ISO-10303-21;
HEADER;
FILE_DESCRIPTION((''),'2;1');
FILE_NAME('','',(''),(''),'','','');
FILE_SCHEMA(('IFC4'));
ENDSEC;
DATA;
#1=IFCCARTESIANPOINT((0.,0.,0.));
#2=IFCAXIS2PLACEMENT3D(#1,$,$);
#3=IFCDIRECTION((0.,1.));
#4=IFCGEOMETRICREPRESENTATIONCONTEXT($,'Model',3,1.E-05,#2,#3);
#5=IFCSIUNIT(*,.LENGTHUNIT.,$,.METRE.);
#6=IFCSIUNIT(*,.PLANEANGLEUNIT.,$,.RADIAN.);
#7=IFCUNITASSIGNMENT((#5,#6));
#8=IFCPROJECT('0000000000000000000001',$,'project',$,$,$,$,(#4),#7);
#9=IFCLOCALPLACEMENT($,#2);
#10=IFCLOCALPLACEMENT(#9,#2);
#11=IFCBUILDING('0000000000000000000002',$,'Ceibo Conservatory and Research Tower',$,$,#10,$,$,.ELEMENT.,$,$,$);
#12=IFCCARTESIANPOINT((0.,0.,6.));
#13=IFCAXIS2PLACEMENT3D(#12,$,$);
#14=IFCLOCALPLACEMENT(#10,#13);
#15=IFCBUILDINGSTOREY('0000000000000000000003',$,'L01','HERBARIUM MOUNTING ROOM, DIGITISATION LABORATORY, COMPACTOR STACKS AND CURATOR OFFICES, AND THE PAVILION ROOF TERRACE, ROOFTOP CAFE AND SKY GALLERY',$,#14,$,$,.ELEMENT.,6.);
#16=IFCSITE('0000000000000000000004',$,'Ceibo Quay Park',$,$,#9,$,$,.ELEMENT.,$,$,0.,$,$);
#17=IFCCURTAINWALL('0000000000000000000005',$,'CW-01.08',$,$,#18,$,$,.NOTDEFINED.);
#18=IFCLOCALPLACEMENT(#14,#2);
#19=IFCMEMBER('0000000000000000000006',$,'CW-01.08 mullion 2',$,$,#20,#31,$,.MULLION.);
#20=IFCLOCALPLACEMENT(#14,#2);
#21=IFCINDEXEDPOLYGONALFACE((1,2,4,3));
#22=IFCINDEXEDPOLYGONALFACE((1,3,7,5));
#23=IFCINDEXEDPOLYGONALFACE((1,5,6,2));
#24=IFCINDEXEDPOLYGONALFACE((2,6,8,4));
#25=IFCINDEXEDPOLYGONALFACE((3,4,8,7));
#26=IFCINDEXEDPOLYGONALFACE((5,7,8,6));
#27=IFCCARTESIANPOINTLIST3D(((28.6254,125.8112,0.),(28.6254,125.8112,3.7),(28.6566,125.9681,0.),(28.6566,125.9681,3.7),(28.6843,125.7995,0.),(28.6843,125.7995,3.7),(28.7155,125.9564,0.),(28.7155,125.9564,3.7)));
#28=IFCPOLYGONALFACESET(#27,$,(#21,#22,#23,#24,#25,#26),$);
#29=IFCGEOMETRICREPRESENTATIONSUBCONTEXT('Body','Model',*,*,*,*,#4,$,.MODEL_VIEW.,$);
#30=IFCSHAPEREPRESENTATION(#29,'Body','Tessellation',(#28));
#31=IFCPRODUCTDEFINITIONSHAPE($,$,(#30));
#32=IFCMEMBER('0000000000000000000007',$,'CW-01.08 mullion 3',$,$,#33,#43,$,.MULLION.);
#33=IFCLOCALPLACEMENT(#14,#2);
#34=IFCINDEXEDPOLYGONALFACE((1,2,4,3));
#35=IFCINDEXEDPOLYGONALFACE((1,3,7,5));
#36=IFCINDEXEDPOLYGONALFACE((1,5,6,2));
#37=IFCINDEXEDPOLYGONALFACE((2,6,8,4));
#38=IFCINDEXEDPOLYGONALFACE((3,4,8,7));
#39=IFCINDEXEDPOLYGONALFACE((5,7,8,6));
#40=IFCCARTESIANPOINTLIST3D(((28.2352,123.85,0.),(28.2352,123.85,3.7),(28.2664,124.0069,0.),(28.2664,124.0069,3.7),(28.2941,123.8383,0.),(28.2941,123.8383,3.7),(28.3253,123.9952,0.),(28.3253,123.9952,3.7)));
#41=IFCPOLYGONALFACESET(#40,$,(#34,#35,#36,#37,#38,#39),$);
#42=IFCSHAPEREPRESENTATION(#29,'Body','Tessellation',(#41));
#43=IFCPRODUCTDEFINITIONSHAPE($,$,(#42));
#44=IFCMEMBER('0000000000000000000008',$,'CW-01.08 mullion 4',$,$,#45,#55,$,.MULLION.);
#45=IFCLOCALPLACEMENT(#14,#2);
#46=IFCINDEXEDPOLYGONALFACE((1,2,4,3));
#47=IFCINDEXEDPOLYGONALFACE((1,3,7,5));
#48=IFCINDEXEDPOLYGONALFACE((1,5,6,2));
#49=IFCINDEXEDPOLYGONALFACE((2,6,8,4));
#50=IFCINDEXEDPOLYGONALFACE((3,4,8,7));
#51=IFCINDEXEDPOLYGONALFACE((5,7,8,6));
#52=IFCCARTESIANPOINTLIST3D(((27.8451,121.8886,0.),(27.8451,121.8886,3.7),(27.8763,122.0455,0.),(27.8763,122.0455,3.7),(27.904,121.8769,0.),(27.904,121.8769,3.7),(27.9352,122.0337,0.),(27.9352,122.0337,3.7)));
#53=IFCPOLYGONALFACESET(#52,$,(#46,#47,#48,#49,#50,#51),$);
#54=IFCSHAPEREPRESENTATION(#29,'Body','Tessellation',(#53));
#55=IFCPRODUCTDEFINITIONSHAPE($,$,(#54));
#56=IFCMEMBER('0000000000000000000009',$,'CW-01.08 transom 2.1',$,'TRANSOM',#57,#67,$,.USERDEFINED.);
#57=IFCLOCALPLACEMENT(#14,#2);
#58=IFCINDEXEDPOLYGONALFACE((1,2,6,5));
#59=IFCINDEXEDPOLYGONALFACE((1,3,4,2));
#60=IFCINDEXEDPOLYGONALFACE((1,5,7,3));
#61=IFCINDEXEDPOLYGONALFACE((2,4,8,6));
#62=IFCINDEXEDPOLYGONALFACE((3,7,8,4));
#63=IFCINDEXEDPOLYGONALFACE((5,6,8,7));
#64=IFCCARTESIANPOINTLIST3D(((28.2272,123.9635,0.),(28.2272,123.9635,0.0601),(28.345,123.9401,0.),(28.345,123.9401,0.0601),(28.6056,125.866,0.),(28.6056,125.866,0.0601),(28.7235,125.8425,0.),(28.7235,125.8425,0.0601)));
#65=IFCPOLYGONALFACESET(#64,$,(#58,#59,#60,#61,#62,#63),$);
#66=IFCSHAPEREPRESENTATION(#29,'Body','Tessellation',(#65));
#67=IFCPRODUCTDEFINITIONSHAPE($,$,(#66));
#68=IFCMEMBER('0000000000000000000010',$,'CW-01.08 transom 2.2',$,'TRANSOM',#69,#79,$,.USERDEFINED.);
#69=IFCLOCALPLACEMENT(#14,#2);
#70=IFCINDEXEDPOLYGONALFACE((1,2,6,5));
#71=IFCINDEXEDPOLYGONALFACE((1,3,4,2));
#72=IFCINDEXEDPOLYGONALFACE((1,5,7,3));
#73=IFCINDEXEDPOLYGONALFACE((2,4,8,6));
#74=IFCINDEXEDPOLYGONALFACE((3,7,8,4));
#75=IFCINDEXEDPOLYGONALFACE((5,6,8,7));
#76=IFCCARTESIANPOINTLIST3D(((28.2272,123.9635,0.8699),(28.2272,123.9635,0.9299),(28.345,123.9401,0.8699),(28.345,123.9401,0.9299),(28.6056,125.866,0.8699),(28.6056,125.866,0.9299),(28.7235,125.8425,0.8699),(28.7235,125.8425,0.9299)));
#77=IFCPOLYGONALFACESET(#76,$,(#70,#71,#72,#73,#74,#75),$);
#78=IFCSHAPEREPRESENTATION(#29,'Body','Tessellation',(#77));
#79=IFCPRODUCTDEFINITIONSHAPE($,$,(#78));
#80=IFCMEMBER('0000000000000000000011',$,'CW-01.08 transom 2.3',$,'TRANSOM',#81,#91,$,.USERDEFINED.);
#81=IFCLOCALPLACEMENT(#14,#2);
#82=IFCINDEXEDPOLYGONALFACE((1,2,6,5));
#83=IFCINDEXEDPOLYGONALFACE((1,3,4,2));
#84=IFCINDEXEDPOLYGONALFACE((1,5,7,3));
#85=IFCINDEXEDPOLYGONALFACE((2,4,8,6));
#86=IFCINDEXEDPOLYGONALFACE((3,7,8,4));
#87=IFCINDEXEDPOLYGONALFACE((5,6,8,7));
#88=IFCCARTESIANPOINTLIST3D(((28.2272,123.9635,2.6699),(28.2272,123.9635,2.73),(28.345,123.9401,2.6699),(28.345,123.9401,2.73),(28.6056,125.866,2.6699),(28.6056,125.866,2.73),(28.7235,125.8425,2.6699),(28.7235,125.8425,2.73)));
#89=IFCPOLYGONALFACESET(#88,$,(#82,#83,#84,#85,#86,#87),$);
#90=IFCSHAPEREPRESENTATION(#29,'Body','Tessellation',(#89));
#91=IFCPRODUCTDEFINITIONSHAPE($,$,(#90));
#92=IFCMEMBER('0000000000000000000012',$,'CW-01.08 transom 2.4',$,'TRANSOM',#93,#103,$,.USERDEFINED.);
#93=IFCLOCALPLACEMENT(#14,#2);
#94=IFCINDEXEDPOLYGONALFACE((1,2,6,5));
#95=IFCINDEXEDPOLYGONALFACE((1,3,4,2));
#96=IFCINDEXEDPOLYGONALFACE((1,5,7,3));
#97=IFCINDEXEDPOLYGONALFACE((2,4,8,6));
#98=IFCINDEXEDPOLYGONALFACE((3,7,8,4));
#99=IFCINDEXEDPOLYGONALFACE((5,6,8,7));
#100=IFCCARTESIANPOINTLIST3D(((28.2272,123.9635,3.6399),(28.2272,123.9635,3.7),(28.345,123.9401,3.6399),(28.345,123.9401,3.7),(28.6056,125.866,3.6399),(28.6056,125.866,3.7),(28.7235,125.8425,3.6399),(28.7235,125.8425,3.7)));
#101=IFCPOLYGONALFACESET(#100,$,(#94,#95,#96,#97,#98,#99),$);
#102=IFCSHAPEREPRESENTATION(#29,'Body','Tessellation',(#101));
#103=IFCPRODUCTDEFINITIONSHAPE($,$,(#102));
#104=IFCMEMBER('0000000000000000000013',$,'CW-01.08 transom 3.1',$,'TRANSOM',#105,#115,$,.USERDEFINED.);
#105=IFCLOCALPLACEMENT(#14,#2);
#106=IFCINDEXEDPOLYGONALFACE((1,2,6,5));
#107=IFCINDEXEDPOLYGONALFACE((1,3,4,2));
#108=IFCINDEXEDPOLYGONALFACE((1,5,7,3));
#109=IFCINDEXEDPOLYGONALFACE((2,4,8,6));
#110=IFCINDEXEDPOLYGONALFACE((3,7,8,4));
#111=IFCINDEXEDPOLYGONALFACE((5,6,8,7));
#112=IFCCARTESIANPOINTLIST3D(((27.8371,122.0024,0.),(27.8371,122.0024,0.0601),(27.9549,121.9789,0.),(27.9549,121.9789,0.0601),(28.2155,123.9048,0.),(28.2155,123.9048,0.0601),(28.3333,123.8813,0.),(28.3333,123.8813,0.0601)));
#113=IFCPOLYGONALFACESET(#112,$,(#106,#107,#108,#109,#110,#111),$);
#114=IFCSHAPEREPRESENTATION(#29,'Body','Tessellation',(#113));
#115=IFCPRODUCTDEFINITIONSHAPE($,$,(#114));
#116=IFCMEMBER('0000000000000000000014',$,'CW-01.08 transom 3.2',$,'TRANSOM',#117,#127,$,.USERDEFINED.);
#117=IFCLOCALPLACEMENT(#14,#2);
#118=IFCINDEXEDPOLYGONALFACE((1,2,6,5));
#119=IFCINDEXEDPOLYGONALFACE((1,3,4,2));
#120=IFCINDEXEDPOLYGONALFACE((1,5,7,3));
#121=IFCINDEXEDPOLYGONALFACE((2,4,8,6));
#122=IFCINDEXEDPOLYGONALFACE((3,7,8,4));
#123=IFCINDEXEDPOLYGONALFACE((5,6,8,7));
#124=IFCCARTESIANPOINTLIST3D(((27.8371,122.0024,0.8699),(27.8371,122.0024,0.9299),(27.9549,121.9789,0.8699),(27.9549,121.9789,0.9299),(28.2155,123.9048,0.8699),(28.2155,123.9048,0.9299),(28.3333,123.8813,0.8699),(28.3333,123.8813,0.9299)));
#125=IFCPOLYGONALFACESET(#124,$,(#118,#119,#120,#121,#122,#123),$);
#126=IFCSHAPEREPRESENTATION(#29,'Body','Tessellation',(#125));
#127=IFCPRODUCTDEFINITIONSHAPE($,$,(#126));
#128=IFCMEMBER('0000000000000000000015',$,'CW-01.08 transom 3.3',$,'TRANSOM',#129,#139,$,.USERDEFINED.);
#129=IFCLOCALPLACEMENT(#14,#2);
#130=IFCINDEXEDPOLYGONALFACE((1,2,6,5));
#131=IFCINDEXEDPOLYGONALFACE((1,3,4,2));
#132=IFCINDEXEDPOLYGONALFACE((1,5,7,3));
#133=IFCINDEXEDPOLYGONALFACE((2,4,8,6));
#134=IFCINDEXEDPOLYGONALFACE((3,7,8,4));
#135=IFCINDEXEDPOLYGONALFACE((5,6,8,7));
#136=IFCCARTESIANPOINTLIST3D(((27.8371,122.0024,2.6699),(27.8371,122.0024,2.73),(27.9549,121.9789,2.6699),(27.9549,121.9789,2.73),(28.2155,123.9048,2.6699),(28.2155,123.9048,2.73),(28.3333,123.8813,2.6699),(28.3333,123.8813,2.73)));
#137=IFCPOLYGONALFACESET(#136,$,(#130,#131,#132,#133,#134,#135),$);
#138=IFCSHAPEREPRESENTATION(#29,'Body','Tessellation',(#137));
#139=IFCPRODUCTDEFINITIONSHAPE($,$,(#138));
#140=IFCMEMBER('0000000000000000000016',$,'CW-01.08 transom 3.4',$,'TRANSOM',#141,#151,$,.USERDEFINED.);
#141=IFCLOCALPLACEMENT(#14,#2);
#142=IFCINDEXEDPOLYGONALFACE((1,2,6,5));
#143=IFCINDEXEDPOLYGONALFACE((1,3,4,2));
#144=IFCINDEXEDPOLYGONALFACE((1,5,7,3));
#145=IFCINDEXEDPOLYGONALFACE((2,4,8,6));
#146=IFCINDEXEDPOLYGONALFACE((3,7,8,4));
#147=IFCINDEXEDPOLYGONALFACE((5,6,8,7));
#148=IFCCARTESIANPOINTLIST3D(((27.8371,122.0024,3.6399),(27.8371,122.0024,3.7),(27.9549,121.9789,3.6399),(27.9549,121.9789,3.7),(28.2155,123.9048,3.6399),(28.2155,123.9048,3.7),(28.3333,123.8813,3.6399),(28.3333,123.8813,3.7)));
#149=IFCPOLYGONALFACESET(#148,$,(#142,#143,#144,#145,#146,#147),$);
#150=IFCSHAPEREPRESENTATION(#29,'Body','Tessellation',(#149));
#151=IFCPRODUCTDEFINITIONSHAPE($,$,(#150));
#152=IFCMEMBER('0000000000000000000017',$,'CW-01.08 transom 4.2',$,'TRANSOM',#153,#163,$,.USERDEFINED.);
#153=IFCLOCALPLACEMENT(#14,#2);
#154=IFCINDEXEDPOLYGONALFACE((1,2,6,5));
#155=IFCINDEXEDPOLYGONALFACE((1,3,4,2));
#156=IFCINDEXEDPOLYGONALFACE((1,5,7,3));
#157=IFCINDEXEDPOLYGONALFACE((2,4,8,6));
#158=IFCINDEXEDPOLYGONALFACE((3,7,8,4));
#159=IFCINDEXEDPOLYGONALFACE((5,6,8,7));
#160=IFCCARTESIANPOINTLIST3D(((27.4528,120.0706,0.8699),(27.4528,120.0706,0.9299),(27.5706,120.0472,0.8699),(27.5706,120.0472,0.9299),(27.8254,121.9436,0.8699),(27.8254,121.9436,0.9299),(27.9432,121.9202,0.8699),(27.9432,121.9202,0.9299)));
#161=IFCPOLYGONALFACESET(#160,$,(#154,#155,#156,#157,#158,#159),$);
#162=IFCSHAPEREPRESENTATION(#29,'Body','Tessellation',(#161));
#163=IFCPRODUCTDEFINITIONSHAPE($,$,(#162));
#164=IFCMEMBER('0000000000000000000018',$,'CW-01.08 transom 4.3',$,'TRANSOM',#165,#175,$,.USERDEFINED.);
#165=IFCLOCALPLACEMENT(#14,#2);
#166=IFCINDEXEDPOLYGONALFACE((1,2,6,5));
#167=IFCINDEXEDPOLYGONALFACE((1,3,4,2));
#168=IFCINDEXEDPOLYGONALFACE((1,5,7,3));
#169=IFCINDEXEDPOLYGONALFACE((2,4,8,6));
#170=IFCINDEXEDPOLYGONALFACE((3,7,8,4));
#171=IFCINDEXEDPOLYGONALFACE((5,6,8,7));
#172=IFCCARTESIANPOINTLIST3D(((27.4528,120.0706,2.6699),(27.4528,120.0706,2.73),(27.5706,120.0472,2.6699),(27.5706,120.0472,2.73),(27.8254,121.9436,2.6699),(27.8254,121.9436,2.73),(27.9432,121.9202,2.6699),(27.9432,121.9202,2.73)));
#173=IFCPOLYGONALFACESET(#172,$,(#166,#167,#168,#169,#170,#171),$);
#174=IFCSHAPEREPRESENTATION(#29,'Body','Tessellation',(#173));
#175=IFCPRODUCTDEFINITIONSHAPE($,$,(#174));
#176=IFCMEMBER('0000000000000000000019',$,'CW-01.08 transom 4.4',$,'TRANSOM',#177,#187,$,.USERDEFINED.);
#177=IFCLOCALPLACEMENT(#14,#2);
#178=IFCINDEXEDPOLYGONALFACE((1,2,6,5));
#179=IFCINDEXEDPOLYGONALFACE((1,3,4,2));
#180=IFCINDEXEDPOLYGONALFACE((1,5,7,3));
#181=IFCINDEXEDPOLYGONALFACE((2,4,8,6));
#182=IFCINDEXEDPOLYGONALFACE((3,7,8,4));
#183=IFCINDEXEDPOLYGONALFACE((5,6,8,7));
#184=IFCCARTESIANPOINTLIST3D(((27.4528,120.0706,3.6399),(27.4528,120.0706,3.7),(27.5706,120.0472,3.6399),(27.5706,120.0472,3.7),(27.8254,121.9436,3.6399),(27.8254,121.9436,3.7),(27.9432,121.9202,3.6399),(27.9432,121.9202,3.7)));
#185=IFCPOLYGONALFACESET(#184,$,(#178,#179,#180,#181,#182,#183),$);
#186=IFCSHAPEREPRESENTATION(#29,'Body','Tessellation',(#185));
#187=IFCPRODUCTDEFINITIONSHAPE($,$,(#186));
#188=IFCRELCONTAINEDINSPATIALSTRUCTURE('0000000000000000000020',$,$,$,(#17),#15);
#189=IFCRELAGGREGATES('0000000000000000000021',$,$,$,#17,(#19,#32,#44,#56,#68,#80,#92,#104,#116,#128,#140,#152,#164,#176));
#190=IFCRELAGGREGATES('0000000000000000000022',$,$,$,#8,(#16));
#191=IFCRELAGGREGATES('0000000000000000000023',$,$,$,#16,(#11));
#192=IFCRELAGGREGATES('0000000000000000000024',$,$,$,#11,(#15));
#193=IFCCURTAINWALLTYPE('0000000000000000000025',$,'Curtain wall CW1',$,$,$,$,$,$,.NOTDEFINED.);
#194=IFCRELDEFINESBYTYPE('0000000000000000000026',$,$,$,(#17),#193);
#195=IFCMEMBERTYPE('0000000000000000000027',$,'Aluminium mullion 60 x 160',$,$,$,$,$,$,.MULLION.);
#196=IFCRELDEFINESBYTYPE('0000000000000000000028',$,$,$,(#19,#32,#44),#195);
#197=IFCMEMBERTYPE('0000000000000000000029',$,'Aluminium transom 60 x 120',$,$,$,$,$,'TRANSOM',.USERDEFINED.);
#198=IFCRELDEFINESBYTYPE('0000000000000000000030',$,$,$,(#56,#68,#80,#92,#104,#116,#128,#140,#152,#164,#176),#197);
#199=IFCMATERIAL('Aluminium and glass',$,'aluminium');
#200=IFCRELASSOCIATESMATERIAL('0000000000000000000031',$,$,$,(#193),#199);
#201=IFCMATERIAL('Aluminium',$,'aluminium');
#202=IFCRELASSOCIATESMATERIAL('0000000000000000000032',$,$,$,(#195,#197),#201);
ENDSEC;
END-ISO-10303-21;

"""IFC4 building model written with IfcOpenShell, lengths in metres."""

from ifc_helpers import new_model, si_unit, direction, frame, origin, origin_2d, place, context, subcontext, project, spatial, rectangle, extrude, material, material_profile, profile_set, type_object, element, aggregate, save


model = new_model("IFC4")

# Units and contexts
model_context = context("Model", 3, precision=1e-05, world=origin(), true_north=direction((0.0, 1.0)))
body_context = subcontext(model_context, "Body", "Model", "MODEL_VIEW")
ifc_project = project(units=[si_unit("LENGTHUNIT", "METRE"), si_unit("PLANEANGLEUNIT", "RADIAN")], contexts=[model_context])

# Site, building, storey
site_placement = place(None, origin())
site = spatial("IfcSite", under=ifc_project, at=site_placement, Name="Ceibo Quay Park", CompositionType="ELEMENT", RefElevation=0.0)
building_placement = place(site_placement, origin())
building = spatial("IfcBuilding", under=site, at=building_placement, Name="Ceibo Conservatory and Research Tower", CompositionType="ELEMENT")
storey_placement = place(building_placement, frame((0.0, 0.0, 6.0)))
storey = spatial("IfcBuildingStorey", under=building, at=storey_placement, Name="L01", Description="HERBARIUM MOUNTING ROOM, DIGITISATION LABORATORY, COMPACTOR STACKS AND CURATOR OFFICES, AND THE PAVILION ROOF TERRACE, ROOFTOP CAFE AND SKY GALLERY", CompositionType="ELEMENT", Elevation=6.0)

# Curtain wall, members
ifc_material_1 = material(Name="Aluminium and glass", Category="aluminium")
curtain_wall_type = type_object("IfcCurtainWallType", Name="Curtain wall CW1", PredefinedType="NOTDEFINED", material=ifc_material_1)
curtain_wall_placement = place(storey_placement, origin())
curtain_wall = element("IfcCurtainWall", 1, at=curtain_wall_placement, inside=storey, type_object=curtain_wall_type, Name="CW-01.08", PredefinedType="NOTDEFINED")
ifc_material_2 = material(Name="Aluminium", Category="aluminium")
ifc_material_profile_1 = material_profile(ifc_material_2, rectangle(XDim=0.0601, YDim=0.1599, at=origin_2d()), Name="Aluminium 60 x 160")
ifc_profile_set_1 = profile_set([ifc_material_profile_1], Name="Aluminium")
member_type_1 = type_object("IfcMemberType", Name="Aluminium mullion 60 x 160", PredefinedType="MULLION", material=ifc_profile_set_1)
member_1_placement = place(storey_placement, frame((28.6704, 125.8838, 0.0), z_axis=(0.0, 0.0, 1.0), x_axis=(0.980785, -0.19509, 0.0)))
member_1 = element("IfcMember", 2, at=member_1_placement, type_object=member_type_1, Name="CW-01.08 mullion 2", PredefinedType="MULLION", context=body_context, shape_type="SweptSolid", body=[
    extrude(rectangle(XDim=0.0601, YDim=0.1599, at=origin_2d()), origin(), (0.0, 0.0, 1.0), 3.7),
])
member_2_placement = place(storey_placement, frame((28.2803, 123.9226, 0.0), z_axis=(0.0, 0.0, 1.0), x_axis=(0.980785, -0.19509, 0.0)))
member_2 = element("IfcMember", 3, at=member_2_placement, type_object=member_type_1, Name="CW-01.08 mullion 3", PredefinedType="MULLION", context=body_context, shape_type="SweptSolid", body=[
    extrude(rectangle(XDim=0.0601, YDim=0.1599, at=origin_2d()), origin(), (0.0, 0.0, 1.0), 3.7),
])
member_3_placement = place(storey_placement, frame((27.8901, 121.9612, 0.0), z_axis=(0.0, 0.0, 1.0), x_axis=(0.980785, -0.19509, 0.0)))
member_3 = element("IfcMember", 4, at=member_3_placement, type_object=member_type_1, Name="CW-01.08 mullion 4", PredefinedType="MULLION", context=body_context, shape_type="SweptSolid", body=[
    extrude(rectangle(XDim=0.0601, YDim=0.1599, at=origin_2d()), origin(), (0.0, 0.0, 1.0), 3.7),
])
ifc_material_profile_2 = material_profile(ifc_material_2, rectangle(XDim=0.1201, YDim=0.0601, at=origin_2d()), Name="Aluminium 60 x 120")
ifc_profile_set_2 = profile_set([ifc_material_profile_2], Name="Aluminium")
member_type_2 = type_object("IfcMemberType", Name="Aluminium transom 60 x 120", ElementType="TRANSOM", PredefinedType="USERDEFINED", material=ifc_profile_set_2)
member_4_placement = place(storey_placement, frame((28.6646, 125.8542, 0.03), z_axis=(-0.195099, -0.980783, 0.0), x_axis=(0.980783, -0.195099, 0.0)))
member_4 = element("IfcMember", 5, at=member_4_placement, type_object=member_type_2, Name="CW-01.08 transom 2.1", ObjectType="TRANSOM", PredefinedType="USERDEFINED", context=body_context, shape_type="SweptSolid", body=[
    extrude(rectangle(XDim=0.1201, YDim=0.0601, at=origin_2d()), origin(), (0.0, 0.0, 1.0), 1.9397),
])
member_5_placement = place(storey_placement, frame((28.6646, 125.8542, 0.8999), z_axis=(-0.195099, -0.980783, 0.0), x_axis=(0.980783, -0.195099, 0.0)))
member_5 = element("IfcMember", 6, at=member_5_placement, type_object=member_type_2, Name="CW-01.08 transom 2.2", ObjectType="TRANSOM", PredefinedType="USERDEFINED", context=body_context, shape_type="SweptSolid", body=[
    extrude(rectangle(XDim=0.1201, YDim=0.0601, at=origin_2d()), origin(), (0.0, 0.0, 1.0), 1.9397),
])
member_6_placement = place(storey_placement, frame((28.6646, 125.8542, 2.7), z_axis=(-0.195099, -0.980783, 0.0), x_axis=(0.980783, -0.195099, 0.0)))
member_6 = element("IfcMember", 7, at=member_6_placement, type_object=member_type_2, Name="CW-01.08 transom 2.3", ObjectType="TRANSOM", PredefinedType="USERDEFINED", context=body_context, shape_type="SweptSolid", body=[
    extrude(rectangle(XDim=0.1201, YDim=0.0601, at=origin_2d()), origin(), (0.0, 0.0, 1.0), 1.9397),
])
member_7_placement = place(storey_placement, frame((28.6646, 125.8542, 3.6699), z_axis=(-0.195099, -0.980783, 0.0), x_axis=(0.980783, -0.195099, 0.0)))
member_7 = element("IfcMember", 8, at=member_7_placement, type_object=member_type_2, Name="CW-01.08 transom 2.4", ObjectType="TRANSOM", PredefinedType="USERDEFINED", context=body_context, shape_type="SweptSolid", body=[
    extrude(rectangle(XDim=0.1201, YDim=0.0601, at=origin_2d()), origin(), (0.0, 0.0, 1.0), 1.9397),
])
member_8_placement = place(storey_placement, frame((28.2744, 123.8931, 0.03), z_axis=(-0.195099, -0.980783, 0.0), x_axis=(0.980783, -0.195099, 0.0)))
member_8 = element("IfcMember", 9, at=member_8_placement, type_object=member_type_2, Name="CW-01.08 transom 3.1", ObjectType="TRANSOM", PredefinedType="USERDEFINED", context=body_context, shape_type="SweptSolid", body=[
    extrude(rectangle(XDim=0.1201, YDim=0.0601, at=origin_2d()), origin(), (0.0, 0.0, 1.0), 1.9397),
])
member_9_placement = place(storey_placement, frame((28.2744, 123.8931, 0.8999), z_axis=(-0.195099, -0.980783, 0.0), x_axis=(0.980783, -0.195099, 0.0)))
member_9 = element("IfcMember", 10, at=member_9_placement, type_object=member_type_2, Name="CW-01.08 transom 3.2", ObjectType="TRANSOM", PredefinedType="USERDEFINED", context=body_context, shape_type="SweptSolid", body=[
    extrude(rectangle(XDim=0.1201, YDim=0.0601, at=origin_2d()), origin(), (0.0, 0.0, 1.0), 1.9397),
])
member_10_placement = place(storey_placement, frame((28.2744, 123.8931, 2.7), z_axis=(-0.195099, -0.980783, 0.0), x_axis=(0.980783, -0.195099, 0.0)))
member_10 = element("IfcMember", 11, at=member_10_placement, type_object=member_type_2, Name="CW-01.08 transom 3.3", ObjectType="TRANSOM", PredefinedType="USERDEFINED", context=body_context, shape_type="SweptSolid", body=[
    extrude(rectangle(XDim=0.1201, YDim=0.0601, at=origin_2d()), origin(), (0.0, 0.0, 1.0), 1.9397),
])
member_11_placement = place(storey_placement, frame((28.2744, 123.8931, 3.6699), z_axis=(-0.195099, -0.980783, 0.0), x_axis=(0.980783, -0.195099, 0.0)))
member_11 = element("IfcMember", 12, at=member_11_placement, type_object=member_type_2, Name="CW-01.08 transom 3.4", ObjectType="TRANSOM", PredefinedType="USERDEFINED", context=body_context, shape_type="SweptSolid", body=[
    extrude(rectangle(XDim=0.1201, YDim=0.0601, at=origin_2d()), origin(), (0.0, 0.0, 1.0), 1.9397),
])
member_12_placement = place(storey_placement, frame((27.8843, 121.9319, 0.8999), z_axis=(-0.195083, -0.980787, 0.0), x_axis=(0.980787, -0.195083, 0.0)))
member_12 = element("IfcMember", 13, at=member_12_placement, type_object=member_type_2, Name="CW-01.08 transom 4.2", ObjectType="TRANSOM", PredefinedType="USERDEFINED", context=body_context, shape_type="SweptSolid", body=[
    extrude(rectangle(XDim=0.1201, YDim=0.0601, at=origin_2d()), origin(), (0.0, 0.0, 1.0), 1.9097),
])
member_13_placement = place(storey_placement, frame((27.8843, 121.9319, 2.7), z_axis=(-0.195083, -0.980787, 0.0), x_axis=(0.980787, -0.195083, 0.0)))
member_13 = element("IfcMember", 14, at=member_13_placement, type_object=member_type_2, Name="CW-01.08 transom 4.3", ObjectType="TRANSOM", PredefinedType="USERDEFINED", context=body_context, shape_type="SweptSolid", body=[
    extrude(rectangle(XDim=0.1201, YDim=0.0601, at=origin_2d()), origin(), (0.0, 0.0, 1.0), 1.9097),
])
member_14_placement = place(storey_placement, frame((27.8843, 121.9319, 3.6699), z_axis=(-0.195083, -0.980787, 0.0), x_axis=(0.980787, -0.195083, 0.0)))
member_14 = element("IfcMember", 15, at=member_14_placement, type_object=member_type_2, Name="CW-01.08 transom 4.4", ObjectType="TRANSOM", PredefinedType="USERDEFINED", context=body_context, shape_type="SweptSolid", body=[
    extrude(rectangle(XDim=0.1201, YDim=0.0601, at=origin_2d()), origin(), (0.0, 0.0, 1.0), 1.9097),
])

aggregate(curtain_wall, [member_1, member_2, member_3, member_4, member_5, member_6, member_7, member_8, member_9, member_10, member_11, member_12, member_13, member_14])

save(model, "model.ifc")
